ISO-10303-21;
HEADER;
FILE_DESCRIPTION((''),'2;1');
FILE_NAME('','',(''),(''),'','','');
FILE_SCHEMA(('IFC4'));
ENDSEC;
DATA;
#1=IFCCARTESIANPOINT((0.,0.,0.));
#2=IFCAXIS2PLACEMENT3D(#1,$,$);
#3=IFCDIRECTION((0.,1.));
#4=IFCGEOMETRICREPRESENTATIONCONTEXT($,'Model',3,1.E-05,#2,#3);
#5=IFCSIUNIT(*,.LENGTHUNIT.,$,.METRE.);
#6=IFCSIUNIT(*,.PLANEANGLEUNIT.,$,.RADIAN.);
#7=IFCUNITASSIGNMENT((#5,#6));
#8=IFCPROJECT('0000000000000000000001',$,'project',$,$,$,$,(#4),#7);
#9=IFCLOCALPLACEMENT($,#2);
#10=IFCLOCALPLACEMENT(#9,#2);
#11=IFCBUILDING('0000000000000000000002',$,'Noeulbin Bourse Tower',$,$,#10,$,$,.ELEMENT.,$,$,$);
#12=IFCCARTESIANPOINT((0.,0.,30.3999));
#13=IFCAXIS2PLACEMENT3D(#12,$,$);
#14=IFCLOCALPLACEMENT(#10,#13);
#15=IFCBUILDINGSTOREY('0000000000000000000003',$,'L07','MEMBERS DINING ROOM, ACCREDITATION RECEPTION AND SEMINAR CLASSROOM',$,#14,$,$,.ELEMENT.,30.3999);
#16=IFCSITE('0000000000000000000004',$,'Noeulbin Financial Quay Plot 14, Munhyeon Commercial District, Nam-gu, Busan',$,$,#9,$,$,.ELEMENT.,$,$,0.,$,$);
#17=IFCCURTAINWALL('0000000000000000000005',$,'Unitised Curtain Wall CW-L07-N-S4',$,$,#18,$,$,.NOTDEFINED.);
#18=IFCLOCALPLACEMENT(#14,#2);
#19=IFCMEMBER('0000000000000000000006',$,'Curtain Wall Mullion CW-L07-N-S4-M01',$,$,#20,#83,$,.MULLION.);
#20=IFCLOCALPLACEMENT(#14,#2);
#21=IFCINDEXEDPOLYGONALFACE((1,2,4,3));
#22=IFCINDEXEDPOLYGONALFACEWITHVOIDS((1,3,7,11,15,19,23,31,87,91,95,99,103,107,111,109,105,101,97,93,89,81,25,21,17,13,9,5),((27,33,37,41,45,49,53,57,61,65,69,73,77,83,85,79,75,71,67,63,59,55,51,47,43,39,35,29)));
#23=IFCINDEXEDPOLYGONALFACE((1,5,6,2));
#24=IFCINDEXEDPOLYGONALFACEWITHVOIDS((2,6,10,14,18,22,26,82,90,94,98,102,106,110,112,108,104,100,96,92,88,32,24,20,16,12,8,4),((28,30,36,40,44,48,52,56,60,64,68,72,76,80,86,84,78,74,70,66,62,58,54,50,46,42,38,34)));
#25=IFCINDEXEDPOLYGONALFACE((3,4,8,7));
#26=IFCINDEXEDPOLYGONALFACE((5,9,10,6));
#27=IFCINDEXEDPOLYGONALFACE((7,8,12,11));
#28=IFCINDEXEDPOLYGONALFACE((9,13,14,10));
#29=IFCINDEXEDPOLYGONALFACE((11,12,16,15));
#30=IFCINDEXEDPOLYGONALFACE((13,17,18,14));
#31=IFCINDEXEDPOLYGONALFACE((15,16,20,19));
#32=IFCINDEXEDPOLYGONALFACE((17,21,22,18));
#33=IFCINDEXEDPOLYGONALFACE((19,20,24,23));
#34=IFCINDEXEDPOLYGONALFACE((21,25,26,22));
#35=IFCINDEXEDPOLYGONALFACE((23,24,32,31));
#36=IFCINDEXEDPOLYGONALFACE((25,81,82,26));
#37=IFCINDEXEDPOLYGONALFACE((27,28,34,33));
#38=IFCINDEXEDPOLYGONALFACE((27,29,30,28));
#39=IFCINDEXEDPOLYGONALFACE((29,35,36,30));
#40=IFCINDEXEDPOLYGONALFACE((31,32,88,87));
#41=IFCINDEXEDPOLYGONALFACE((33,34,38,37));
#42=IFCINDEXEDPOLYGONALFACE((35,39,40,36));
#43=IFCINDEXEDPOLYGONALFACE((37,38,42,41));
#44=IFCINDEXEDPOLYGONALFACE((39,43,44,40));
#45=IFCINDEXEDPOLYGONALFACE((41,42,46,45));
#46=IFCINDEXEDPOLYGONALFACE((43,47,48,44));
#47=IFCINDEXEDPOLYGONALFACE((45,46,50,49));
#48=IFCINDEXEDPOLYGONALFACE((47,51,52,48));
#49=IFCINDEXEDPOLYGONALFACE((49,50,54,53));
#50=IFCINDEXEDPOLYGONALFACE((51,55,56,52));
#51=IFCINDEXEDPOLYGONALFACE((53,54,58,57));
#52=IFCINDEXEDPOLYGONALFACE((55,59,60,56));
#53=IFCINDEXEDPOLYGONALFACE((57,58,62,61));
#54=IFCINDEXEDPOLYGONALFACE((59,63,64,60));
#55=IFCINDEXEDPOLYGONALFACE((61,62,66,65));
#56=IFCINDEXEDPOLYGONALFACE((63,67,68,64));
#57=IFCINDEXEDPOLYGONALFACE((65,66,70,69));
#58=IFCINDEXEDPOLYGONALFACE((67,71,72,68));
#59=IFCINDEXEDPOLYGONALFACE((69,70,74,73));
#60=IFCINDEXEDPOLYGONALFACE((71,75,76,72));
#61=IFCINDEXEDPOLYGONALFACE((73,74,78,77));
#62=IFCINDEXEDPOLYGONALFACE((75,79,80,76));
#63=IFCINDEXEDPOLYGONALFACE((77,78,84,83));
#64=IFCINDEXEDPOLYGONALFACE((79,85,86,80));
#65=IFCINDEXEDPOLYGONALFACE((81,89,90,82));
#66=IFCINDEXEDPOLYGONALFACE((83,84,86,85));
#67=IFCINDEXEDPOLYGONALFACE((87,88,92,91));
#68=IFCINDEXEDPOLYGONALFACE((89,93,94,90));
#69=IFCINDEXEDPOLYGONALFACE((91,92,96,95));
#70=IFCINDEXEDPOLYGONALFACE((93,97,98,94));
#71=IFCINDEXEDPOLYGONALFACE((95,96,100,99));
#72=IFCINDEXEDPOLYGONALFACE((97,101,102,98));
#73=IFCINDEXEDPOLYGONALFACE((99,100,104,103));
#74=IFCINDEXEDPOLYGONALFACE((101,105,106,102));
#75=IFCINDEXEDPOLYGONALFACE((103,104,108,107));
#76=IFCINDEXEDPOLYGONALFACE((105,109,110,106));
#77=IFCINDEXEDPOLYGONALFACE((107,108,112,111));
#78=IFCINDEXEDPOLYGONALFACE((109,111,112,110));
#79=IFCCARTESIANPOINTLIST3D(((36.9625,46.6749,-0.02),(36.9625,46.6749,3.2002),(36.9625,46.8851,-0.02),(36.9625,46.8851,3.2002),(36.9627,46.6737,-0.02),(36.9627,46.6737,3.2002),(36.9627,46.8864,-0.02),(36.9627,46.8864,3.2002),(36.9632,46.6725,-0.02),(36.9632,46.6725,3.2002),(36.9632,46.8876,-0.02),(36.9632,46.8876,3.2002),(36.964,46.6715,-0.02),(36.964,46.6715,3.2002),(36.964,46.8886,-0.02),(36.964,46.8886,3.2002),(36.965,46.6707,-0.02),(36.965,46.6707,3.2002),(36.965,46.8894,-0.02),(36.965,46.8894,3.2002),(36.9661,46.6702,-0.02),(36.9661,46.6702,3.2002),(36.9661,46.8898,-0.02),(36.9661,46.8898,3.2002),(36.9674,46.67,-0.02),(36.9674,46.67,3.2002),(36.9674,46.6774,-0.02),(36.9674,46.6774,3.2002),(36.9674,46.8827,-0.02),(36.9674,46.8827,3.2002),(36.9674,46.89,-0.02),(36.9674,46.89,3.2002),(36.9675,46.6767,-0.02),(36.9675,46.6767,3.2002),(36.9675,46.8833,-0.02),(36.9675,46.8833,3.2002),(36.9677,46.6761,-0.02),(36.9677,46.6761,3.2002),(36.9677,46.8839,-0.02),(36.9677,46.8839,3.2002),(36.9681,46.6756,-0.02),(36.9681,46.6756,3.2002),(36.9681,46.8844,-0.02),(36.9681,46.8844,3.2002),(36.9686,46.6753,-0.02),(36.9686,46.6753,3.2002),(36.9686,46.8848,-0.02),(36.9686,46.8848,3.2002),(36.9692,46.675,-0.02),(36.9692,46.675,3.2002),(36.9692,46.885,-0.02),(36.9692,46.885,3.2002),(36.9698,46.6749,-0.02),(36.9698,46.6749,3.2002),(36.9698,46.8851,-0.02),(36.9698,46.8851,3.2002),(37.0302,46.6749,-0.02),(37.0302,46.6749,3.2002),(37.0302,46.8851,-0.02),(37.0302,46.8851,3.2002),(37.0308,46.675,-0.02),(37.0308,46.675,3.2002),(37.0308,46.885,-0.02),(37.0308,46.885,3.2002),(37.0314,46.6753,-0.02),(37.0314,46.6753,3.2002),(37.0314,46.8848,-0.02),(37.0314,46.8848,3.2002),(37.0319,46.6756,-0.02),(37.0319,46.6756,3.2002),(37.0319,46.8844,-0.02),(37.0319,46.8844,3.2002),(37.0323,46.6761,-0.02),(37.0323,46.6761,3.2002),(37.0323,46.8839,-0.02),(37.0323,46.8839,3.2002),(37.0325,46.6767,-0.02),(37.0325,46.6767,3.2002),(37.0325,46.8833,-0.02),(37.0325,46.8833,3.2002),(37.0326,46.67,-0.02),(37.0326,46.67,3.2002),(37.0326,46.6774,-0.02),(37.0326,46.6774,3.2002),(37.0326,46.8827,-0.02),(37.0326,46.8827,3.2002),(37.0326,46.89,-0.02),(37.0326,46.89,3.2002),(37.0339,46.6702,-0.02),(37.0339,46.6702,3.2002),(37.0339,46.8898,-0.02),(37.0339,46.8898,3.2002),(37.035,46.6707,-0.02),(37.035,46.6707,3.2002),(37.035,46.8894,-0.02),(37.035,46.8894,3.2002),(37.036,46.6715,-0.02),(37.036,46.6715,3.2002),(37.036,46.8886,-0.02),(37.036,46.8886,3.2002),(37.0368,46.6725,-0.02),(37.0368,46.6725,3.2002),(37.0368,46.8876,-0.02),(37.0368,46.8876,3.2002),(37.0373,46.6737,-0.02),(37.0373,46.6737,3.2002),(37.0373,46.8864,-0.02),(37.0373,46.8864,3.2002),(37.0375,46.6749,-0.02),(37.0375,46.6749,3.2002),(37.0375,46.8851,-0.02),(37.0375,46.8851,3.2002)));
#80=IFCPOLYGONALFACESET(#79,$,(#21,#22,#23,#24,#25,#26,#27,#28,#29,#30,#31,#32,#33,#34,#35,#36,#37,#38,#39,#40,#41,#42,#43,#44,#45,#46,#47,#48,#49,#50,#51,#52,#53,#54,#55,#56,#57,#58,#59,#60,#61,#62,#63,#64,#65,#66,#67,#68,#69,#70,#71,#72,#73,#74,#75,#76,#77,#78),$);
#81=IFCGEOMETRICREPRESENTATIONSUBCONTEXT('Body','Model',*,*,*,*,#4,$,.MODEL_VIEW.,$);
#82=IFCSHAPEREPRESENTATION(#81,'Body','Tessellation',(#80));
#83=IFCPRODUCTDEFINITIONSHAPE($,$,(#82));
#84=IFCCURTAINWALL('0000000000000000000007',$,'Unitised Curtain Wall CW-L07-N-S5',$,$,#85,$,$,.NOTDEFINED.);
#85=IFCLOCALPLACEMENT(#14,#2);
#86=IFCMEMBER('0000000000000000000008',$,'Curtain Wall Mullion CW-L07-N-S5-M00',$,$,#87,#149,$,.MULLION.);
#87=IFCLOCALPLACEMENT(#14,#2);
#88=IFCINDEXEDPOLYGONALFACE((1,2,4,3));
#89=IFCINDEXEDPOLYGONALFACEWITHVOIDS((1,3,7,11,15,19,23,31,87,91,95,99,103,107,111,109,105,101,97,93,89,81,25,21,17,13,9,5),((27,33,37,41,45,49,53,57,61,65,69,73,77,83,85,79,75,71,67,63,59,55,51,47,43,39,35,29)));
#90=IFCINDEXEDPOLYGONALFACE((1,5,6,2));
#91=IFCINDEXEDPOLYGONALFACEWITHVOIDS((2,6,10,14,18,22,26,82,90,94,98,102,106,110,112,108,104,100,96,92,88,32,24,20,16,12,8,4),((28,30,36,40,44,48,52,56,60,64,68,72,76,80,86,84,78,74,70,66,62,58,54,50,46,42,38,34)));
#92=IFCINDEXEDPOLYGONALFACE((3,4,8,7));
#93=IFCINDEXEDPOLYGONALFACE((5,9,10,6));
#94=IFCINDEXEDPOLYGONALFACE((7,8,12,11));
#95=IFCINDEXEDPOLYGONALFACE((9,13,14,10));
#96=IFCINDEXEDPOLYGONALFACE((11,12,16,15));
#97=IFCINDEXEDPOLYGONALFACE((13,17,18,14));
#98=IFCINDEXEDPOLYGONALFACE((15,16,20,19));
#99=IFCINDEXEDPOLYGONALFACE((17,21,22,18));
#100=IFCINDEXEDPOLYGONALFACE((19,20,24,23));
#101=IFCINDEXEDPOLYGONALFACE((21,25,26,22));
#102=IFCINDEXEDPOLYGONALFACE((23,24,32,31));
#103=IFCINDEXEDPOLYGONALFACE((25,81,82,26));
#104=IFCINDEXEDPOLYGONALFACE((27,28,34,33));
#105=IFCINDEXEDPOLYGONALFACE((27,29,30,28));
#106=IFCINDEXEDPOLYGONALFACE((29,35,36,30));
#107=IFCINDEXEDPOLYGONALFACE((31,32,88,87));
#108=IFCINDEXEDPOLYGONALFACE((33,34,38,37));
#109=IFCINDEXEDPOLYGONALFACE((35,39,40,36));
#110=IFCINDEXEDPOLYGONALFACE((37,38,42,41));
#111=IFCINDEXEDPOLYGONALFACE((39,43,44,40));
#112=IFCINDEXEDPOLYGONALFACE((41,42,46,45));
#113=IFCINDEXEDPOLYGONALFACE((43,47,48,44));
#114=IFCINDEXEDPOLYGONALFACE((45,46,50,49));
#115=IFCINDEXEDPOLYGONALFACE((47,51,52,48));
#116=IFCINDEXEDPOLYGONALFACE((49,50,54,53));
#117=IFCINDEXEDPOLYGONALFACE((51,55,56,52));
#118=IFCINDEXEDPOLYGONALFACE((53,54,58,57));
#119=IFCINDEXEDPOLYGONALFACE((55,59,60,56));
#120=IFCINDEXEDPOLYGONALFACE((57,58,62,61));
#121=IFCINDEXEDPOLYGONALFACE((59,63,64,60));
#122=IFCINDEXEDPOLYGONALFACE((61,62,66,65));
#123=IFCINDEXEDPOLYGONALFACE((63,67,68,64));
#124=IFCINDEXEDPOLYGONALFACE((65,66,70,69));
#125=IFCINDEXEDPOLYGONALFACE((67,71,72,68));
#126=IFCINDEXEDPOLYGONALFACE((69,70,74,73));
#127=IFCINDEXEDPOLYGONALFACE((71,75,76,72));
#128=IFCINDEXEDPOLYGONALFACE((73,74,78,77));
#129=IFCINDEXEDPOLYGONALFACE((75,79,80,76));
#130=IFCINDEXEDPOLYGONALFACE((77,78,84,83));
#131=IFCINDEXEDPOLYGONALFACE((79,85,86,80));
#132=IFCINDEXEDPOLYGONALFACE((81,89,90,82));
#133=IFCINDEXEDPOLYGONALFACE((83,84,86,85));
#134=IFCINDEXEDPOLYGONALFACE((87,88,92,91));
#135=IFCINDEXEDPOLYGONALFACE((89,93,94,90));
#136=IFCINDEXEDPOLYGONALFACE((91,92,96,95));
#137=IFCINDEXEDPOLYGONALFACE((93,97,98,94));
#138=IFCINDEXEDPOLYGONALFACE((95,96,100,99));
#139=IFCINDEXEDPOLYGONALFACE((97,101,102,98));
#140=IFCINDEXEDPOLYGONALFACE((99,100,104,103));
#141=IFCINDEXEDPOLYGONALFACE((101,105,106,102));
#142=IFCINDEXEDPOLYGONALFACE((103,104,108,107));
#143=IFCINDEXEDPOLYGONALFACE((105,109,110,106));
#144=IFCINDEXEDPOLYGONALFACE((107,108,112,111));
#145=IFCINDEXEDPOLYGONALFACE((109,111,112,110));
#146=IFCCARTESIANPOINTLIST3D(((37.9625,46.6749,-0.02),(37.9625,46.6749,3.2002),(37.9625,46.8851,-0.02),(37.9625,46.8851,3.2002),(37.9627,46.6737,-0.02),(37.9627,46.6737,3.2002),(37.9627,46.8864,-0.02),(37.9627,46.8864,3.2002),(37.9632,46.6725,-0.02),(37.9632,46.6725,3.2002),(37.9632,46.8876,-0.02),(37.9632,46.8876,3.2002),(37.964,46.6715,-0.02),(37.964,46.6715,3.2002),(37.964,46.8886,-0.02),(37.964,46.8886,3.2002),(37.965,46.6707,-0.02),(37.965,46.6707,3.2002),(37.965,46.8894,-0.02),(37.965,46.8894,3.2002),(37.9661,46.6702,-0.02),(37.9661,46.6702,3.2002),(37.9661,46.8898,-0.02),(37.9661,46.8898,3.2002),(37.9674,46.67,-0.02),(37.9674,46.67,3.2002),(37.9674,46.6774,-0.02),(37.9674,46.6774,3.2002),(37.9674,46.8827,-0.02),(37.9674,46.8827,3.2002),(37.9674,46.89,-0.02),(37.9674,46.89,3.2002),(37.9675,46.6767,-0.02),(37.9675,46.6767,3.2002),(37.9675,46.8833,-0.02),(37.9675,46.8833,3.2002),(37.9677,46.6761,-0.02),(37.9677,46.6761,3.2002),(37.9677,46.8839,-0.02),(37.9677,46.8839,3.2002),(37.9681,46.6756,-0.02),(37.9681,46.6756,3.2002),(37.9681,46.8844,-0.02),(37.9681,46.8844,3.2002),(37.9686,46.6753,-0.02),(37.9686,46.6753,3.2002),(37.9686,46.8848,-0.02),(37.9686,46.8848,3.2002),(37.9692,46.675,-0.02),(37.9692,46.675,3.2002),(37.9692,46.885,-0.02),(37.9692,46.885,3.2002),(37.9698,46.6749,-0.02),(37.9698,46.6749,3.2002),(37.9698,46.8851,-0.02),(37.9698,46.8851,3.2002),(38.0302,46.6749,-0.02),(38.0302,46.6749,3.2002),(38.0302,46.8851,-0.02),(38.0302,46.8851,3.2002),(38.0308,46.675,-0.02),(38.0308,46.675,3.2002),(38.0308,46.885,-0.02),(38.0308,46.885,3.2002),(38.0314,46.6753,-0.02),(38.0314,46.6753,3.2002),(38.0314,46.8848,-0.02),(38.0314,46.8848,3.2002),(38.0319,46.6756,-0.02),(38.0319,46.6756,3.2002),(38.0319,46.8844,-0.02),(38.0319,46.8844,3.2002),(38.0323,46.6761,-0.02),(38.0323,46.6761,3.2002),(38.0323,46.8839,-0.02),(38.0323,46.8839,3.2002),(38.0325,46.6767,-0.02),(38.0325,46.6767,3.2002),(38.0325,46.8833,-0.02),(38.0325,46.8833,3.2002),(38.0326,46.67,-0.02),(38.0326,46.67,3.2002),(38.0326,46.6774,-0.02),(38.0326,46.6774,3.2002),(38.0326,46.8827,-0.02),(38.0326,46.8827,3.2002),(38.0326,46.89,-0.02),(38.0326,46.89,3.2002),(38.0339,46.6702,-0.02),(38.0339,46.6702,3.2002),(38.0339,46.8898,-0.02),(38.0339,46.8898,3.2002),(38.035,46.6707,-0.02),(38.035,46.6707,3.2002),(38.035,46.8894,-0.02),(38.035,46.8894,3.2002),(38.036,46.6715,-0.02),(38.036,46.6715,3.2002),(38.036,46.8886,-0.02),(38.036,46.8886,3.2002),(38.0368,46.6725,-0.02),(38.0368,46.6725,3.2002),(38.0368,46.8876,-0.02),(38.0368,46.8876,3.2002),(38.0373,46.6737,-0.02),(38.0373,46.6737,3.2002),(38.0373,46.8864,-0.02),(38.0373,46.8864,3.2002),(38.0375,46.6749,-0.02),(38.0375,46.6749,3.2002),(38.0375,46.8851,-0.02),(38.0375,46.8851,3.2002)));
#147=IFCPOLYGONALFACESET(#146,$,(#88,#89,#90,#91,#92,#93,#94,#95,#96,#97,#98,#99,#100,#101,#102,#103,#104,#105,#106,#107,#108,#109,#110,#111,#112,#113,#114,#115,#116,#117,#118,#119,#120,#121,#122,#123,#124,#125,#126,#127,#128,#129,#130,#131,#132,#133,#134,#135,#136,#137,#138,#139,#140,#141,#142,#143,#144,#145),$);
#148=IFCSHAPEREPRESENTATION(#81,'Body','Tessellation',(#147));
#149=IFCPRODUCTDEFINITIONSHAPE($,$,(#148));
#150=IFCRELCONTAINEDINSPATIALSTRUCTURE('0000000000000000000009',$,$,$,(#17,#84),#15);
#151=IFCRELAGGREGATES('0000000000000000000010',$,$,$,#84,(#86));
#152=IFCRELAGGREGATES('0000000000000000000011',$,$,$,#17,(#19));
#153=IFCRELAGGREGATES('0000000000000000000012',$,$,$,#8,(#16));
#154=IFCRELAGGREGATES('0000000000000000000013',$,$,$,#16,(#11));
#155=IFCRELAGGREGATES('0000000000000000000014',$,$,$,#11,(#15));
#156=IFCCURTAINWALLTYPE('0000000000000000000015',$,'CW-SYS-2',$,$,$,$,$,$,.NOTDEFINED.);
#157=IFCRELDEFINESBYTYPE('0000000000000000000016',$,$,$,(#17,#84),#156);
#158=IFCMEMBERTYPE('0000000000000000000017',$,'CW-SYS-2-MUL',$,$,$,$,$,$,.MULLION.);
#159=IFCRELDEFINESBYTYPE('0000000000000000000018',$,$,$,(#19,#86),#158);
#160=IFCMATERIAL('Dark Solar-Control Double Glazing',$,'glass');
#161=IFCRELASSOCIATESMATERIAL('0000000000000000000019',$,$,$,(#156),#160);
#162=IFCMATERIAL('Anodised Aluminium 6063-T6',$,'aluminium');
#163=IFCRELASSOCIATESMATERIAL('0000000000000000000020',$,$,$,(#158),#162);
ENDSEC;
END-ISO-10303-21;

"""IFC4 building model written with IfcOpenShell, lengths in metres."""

from ifc_helpers import new_model, si_unit, direction, frame, origin, origin_2d, place, context, subcontext, project, spatial, hollow_rectangle, extrude, material, material_profile, profile_set, type_object, element, aggregate, save


model = new_model("IFC4")

# Units and contexts
model_context = context("Model", 3, precision=1e-05, world=origin(), true_north=direction((0.0, 1.0)))
body_context = subcontext(model_context, "Body", "Model", "MODEL_VIEW")
ifc_project = project(units=[si_unit("LENGTHUNIT", "METRE"), si_unit("PLANEANGLEUNIT", "RADIAN")], contexts=[model_context])

# Site, building, storey
site_placement = place(None, origin())
site = spatial("IfcSite", under=ifc_project, at=site_placement, Name="Noeulbin Financial Quay Plot 14, Munhyeon Commercial District, Nam-gu, Busan", CompositionType="ELEMENT", RefElevation=0.0)
building_placement = place(site_placement, origin())
building = spatial("IfcBuilding", under=site, at=building_placement, Name="Noeulbin Bourse Tower", CompositionType="ELEMENT")
storey_placement = place(building_placement, frame((0.0, 0.0, 30.3999)))
storey = spatial("IfcBuildingStorey", under=building, at=storey_placement, Name="L07", Description="MEMBERS DINING ROOM, ACCREDITATION RECEPTION AND SEMINAR CLASSROOM", CompositionType="ELEMENT", Elevation=30.3999)

# Shared definitions
ifc_material_1 = material(Name="Dark Solar-Control Double Glazing", Category="glass")
curtain_wall_type = type_object("IfcCurtainWallType", Name="CW-SYS-2", PredefinedType="NOTDEFINED", material=ifc_material_1)
ifc_material_2 = material(Name="Anodised Aluminium 6063-T6", Category="aluminium")
ifc_material_profile_1 = material_profile(ifc_material_2, hollow_rectangle(XDim=0.075, YDim=0.22, WallThickness=0.0049, InnerFilletRadius=0.0024, OuterFilletRadius=0.0049, at=origin_2d()), Name="ALU-MULL-75x220x5", Category="LoadBearing")
ifc_profile_set_1 = profile_set([ifc_material_profile_1], Name="Anodised Aluminium 6063-T6")
member_type_1 = type_object("IfcMemberType", Name="CW-SYS-2-MUL", PredefinedType="MULLION", material=ifc_profile_set_1)

# Curtain wall, member
curtain_wall_1_placement = place(storey_placement, origin())
curtain_wall_1 = element("IfcCurtainWall", 1, at=curtain_wall_1_placement, inside=storey, type_object=curtain_wall_type, Name="Unitised Curtain Wall CW-L07-N-S4", PredefinedType="NOTDEFINED")
member_1_placement = place(storey_placement, frame((37.0, 46.78, -0.02), z_axis=(0.0, 0.0, 1.0), x_axis=(1.0, 0.0, 0.0)))
member_1 = element("IfcMember", 2, at=member_1_placement, type_object=member_type_1, Name="Curtain Wall Mullion CW-L07-N-S4-M01", PredefinedType="MULLION", context=body_context, shape_type="SweptSolid", body=[
    extrude(hollow_rectangle(XDim=0.075, YDim=0.22, WallThickness=0.0049, InnerFilletRadius=0.0024, OuterFilletRadius=0.0049, at=origin_2d()), origin(), (0.0, 0.0, 1.0), 3.2202),
])

# Curtain wall, member
curtain_wall_2_placement = place(storey_placement, origin())
curtain_wall_2 = element("IfcCurtainWall", 3, at=curtain_wall_2_placement, inside=storey, type_object=curtain_wall_type, Name="Unitised Curtain Wall CW-L07-N-S5", PredefinedType="NOTDEFINED")
member_2_placement = place(storey_placement, frame((38.0, 46.78, -0.02), z_axis=(0.0, 0.0, 1.0), x_axis=(1.0, 0.0, 0.0)))
member_2 = element("IfcMember", 4, at=member_2_placement, type_object=member_type_1, Name="Curtain Wall Mullion CW-L07-N-S5-M00", PredefinedType="MULLION", context=body_context, shape_type="SweptSolid", body=[
    extrude(hollow_rectangle(XDim=0.075, YDim=0.22, WallThickness=0.0049, InnerFilletRadius=0.0024, OuterFilletRadius=0.0049, at=origin_2d()), origin(), (0.0, 0.0, 1.0), 3.2202),
])

aggregate(curtain_wall_2, [member_2])

aggregate(curtain_wall_1, [member_1])

save(model, "model.ifc")
